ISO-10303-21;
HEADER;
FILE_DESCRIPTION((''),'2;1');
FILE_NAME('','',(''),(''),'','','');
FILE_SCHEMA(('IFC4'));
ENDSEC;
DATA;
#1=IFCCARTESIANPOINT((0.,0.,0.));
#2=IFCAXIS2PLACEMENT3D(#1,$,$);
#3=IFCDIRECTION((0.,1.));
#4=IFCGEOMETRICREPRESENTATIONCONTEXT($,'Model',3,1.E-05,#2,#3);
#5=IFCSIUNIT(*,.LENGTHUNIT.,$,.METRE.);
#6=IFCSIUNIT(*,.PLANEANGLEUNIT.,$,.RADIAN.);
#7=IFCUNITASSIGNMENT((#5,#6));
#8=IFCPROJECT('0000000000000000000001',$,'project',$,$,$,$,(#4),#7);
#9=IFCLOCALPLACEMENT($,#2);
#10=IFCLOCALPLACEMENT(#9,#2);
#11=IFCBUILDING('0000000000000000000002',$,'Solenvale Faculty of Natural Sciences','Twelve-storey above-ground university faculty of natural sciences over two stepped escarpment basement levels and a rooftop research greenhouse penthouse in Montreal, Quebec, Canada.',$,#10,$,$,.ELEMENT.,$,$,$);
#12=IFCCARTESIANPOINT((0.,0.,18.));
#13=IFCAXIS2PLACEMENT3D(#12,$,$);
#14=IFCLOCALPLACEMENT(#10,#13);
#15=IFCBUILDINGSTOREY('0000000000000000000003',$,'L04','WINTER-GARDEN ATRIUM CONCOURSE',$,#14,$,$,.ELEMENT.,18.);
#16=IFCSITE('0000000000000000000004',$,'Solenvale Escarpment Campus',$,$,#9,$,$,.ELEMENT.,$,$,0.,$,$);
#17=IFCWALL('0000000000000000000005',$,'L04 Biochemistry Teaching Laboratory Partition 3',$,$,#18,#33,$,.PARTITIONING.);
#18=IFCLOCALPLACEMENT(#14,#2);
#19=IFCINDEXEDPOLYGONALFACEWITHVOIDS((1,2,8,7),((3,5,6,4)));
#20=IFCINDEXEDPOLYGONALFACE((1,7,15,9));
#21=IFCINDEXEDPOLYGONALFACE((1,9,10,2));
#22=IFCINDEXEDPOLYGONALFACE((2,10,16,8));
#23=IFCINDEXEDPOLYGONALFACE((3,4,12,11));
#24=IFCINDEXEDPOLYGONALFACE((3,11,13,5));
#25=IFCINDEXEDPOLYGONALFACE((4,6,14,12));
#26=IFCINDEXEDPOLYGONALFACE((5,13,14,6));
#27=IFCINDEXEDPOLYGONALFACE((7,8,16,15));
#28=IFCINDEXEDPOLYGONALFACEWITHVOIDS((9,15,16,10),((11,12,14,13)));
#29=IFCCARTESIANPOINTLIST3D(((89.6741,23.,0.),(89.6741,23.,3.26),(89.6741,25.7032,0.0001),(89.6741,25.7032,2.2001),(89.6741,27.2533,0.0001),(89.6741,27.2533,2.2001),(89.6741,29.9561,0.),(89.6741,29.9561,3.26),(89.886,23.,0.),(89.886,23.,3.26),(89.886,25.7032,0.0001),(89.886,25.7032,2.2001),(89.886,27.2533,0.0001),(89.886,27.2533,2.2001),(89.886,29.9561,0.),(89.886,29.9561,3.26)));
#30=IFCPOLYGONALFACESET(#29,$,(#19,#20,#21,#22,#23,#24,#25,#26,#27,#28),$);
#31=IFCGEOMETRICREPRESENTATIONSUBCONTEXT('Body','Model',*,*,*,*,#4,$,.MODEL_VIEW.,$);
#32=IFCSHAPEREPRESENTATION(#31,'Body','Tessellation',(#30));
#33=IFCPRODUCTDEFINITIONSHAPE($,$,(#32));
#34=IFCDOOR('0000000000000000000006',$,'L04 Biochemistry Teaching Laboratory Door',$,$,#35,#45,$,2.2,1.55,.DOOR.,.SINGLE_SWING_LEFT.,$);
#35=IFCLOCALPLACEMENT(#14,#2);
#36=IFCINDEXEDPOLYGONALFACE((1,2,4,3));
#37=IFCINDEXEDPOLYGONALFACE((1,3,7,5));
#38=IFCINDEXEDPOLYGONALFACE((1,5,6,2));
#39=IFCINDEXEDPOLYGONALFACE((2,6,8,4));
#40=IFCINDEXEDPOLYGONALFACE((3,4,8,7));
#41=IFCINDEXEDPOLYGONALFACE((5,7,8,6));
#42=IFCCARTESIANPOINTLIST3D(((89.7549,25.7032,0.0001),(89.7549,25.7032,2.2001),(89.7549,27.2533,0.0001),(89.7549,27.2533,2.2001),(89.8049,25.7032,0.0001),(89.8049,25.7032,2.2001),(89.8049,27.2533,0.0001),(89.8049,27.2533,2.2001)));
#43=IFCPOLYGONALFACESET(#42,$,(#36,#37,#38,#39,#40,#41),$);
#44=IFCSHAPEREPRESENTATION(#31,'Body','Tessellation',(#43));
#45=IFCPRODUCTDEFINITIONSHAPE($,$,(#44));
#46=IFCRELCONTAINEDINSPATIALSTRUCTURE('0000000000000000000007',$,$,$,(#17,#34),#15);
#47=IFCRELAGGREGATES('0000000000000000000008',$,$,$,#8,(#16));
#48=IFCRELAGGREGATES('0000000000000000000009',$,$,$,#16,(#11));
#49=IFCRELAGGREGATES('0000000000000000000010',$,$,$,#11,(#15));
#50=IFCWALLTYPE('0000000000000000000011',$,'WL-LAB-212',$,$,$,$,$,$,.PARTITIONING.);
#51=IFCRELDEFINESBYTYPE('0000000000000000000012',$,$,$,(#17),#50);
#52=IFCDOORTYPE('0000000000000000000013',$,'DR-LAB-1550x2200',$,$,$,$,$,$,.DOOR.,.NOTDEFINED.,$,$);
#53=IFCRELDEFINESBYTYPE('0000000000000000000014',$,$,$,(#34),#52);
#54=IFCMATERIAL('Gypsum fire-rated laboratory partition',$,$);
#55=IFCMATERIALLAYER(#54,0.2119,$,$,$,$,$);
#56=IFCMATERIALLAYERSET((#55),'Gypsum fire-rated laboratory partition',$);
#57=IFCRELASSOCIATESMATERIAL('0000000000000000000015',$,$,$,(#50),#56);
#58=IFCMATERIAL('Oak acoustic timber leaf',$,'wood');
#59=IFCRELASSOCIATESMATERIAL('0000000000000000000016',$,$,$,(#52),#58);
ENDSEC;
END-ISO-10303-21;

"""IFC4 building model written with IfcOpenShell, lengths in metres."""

from ifc_helpers import new_model, si_unit, direction, frame, frame_2d, origin, place, context, subcontext, project, spatial, rectangle, extrude, material, layer, layer_set, type_object, element, fill, save


model = new_model("IFC4")

# Units and contexts
model_context = context("Model", 3, precision=1e-05, world=origin(), true_north=direction((0.0, 1.0)))
body_context = subcontext(model_context, "Body", "Model", "MODEL_VIEW")
ifc_project = project(units=[si_unit("LENGTHUNIT", "METRE"), si_unit("PLANEANGLEUNIT", "RADIAN")], contexts=[model_context])

# Site, building, storey
site_placement = place(None, origin())
site = spatial("IfcSite", under=ifc_project, at=site_placement, Name="Solenvale Escarpment Campus", CompositionType="ELEMENT", RefElevation=0.0)
building_placement = place(site_placement, origin())
building = spatial("IfcBuilding", under=site, at=building_placement, Name="Solenvale Faculty of Natural Sciences", Description="Twelve-storey above-ground university faculty of natural sciences over two stepped escarpment basement levels and a rooftop research greenhouse penthouse in Montreal, Quebec, Canada.", CompositionType="ELEMENT")
storey_placement = place(building_placement, frame((0.0, 0.0, 18.0)))
storey = spatial("IfcBuildingStorey", under=building, at=storey_placement, Name="L04", Description="WINTER-GARDEN ATRIUM CONCOURSE", CompositionType="ELEMENT", Elevation=18.0)

# Shared definitions
ifc_material_1 = material(Name="Gypsum fire-rated laboratory partition")

# Wall, opening, door
ifc_material_2 = material(Name="Oak acoustic timber leaf", Category="wood")
ifc_layer_1 = layer(ifc_material_1, 0.2119)
ifc_layer_set_1 = layer_set([ifc_layer_1], Name="Gypsum fire-rated laboratory partition")
wall_type_1 = type_object("IfcWallType", Name="WL-LAB-212", PredefinedType="PARTITIONING", material=ifc_layer_set_1)
wall_1_placement = place(storey_placement, frame((89.78, 29.9561, 0.0), z_axis=(0.0, 0.0, 1.0), x_axis=(0.0, -1.0, 0.0)))
wall_1 = element("IfcWall", 1, at=wall_1_placement, inside=storey, type_object=wall_type_1, Name="L04 Biochemistry Teaching Laboratory Partition 3", PredefinedType="PARTITIONING", context=body_context, shape_type="SweptSolid", body=[
    extrude(rectangle(XDim=6.9561, YDim=0.2119, at=frame_2d((3.478, 0.0))), origin(), (0.0, 0.0, 1.0), 3.26),
])
opening_1_placement = place(wall_1_placement, frame((2.7029, 0.0, 0.0)))
opening_1 = element("IfcOpeningElement", 2, at=opening_1_placement, cuts=wall_1, PredefinedType="OPENING", context=body_context, shape_type="SweptSolid", body=[
    extrude(rectangle(XDim=1.55, YDim=2.2, at=frame_2d((0.7749, 1.1001))), frame((0.0, 0.116, 0.0), z_axis=(0.0, -1.0, 0.0), x_axis=(1.0, 0.0, 0.0)), (0.0, 0.0, 1.0), 0.2319),
])
door_type_1 = type_object("IfcDoorType", Name="DR-LAB-1550x2200", OperationType="NOTDEFINED", PredefinedType="DOOR", material=ifc_material_2)
door_1_placement = place(opening_1_placement, origin())
door_1 = element("IfcDoor", 3, at=door_1_placement, inside=storey, type_object=door_type_1, Name="L04 Biochemistry Teaching Laboratory Door", OperationType="SINGLE_SWING_LEFT", OverallHeight=2.2, OverallWidth=1.55, PredefinedType="DOOR", context=body_context, shape_type="SweptSolid", body=[
    extrude(rectangle(XDim=1.55, YDim=2.2, at=frame_2d((0.7749, 1.1001))), frame((0.0, 0.0249, 0.0), z_axis=(0.0, -1.0, 0.0), x_axis=(1.0, 0.0, 0.0)), (0.0, 0.0, 1.0), 0.05),
])
fill(opening_1, door_1)

save(model, "model.ifc")
